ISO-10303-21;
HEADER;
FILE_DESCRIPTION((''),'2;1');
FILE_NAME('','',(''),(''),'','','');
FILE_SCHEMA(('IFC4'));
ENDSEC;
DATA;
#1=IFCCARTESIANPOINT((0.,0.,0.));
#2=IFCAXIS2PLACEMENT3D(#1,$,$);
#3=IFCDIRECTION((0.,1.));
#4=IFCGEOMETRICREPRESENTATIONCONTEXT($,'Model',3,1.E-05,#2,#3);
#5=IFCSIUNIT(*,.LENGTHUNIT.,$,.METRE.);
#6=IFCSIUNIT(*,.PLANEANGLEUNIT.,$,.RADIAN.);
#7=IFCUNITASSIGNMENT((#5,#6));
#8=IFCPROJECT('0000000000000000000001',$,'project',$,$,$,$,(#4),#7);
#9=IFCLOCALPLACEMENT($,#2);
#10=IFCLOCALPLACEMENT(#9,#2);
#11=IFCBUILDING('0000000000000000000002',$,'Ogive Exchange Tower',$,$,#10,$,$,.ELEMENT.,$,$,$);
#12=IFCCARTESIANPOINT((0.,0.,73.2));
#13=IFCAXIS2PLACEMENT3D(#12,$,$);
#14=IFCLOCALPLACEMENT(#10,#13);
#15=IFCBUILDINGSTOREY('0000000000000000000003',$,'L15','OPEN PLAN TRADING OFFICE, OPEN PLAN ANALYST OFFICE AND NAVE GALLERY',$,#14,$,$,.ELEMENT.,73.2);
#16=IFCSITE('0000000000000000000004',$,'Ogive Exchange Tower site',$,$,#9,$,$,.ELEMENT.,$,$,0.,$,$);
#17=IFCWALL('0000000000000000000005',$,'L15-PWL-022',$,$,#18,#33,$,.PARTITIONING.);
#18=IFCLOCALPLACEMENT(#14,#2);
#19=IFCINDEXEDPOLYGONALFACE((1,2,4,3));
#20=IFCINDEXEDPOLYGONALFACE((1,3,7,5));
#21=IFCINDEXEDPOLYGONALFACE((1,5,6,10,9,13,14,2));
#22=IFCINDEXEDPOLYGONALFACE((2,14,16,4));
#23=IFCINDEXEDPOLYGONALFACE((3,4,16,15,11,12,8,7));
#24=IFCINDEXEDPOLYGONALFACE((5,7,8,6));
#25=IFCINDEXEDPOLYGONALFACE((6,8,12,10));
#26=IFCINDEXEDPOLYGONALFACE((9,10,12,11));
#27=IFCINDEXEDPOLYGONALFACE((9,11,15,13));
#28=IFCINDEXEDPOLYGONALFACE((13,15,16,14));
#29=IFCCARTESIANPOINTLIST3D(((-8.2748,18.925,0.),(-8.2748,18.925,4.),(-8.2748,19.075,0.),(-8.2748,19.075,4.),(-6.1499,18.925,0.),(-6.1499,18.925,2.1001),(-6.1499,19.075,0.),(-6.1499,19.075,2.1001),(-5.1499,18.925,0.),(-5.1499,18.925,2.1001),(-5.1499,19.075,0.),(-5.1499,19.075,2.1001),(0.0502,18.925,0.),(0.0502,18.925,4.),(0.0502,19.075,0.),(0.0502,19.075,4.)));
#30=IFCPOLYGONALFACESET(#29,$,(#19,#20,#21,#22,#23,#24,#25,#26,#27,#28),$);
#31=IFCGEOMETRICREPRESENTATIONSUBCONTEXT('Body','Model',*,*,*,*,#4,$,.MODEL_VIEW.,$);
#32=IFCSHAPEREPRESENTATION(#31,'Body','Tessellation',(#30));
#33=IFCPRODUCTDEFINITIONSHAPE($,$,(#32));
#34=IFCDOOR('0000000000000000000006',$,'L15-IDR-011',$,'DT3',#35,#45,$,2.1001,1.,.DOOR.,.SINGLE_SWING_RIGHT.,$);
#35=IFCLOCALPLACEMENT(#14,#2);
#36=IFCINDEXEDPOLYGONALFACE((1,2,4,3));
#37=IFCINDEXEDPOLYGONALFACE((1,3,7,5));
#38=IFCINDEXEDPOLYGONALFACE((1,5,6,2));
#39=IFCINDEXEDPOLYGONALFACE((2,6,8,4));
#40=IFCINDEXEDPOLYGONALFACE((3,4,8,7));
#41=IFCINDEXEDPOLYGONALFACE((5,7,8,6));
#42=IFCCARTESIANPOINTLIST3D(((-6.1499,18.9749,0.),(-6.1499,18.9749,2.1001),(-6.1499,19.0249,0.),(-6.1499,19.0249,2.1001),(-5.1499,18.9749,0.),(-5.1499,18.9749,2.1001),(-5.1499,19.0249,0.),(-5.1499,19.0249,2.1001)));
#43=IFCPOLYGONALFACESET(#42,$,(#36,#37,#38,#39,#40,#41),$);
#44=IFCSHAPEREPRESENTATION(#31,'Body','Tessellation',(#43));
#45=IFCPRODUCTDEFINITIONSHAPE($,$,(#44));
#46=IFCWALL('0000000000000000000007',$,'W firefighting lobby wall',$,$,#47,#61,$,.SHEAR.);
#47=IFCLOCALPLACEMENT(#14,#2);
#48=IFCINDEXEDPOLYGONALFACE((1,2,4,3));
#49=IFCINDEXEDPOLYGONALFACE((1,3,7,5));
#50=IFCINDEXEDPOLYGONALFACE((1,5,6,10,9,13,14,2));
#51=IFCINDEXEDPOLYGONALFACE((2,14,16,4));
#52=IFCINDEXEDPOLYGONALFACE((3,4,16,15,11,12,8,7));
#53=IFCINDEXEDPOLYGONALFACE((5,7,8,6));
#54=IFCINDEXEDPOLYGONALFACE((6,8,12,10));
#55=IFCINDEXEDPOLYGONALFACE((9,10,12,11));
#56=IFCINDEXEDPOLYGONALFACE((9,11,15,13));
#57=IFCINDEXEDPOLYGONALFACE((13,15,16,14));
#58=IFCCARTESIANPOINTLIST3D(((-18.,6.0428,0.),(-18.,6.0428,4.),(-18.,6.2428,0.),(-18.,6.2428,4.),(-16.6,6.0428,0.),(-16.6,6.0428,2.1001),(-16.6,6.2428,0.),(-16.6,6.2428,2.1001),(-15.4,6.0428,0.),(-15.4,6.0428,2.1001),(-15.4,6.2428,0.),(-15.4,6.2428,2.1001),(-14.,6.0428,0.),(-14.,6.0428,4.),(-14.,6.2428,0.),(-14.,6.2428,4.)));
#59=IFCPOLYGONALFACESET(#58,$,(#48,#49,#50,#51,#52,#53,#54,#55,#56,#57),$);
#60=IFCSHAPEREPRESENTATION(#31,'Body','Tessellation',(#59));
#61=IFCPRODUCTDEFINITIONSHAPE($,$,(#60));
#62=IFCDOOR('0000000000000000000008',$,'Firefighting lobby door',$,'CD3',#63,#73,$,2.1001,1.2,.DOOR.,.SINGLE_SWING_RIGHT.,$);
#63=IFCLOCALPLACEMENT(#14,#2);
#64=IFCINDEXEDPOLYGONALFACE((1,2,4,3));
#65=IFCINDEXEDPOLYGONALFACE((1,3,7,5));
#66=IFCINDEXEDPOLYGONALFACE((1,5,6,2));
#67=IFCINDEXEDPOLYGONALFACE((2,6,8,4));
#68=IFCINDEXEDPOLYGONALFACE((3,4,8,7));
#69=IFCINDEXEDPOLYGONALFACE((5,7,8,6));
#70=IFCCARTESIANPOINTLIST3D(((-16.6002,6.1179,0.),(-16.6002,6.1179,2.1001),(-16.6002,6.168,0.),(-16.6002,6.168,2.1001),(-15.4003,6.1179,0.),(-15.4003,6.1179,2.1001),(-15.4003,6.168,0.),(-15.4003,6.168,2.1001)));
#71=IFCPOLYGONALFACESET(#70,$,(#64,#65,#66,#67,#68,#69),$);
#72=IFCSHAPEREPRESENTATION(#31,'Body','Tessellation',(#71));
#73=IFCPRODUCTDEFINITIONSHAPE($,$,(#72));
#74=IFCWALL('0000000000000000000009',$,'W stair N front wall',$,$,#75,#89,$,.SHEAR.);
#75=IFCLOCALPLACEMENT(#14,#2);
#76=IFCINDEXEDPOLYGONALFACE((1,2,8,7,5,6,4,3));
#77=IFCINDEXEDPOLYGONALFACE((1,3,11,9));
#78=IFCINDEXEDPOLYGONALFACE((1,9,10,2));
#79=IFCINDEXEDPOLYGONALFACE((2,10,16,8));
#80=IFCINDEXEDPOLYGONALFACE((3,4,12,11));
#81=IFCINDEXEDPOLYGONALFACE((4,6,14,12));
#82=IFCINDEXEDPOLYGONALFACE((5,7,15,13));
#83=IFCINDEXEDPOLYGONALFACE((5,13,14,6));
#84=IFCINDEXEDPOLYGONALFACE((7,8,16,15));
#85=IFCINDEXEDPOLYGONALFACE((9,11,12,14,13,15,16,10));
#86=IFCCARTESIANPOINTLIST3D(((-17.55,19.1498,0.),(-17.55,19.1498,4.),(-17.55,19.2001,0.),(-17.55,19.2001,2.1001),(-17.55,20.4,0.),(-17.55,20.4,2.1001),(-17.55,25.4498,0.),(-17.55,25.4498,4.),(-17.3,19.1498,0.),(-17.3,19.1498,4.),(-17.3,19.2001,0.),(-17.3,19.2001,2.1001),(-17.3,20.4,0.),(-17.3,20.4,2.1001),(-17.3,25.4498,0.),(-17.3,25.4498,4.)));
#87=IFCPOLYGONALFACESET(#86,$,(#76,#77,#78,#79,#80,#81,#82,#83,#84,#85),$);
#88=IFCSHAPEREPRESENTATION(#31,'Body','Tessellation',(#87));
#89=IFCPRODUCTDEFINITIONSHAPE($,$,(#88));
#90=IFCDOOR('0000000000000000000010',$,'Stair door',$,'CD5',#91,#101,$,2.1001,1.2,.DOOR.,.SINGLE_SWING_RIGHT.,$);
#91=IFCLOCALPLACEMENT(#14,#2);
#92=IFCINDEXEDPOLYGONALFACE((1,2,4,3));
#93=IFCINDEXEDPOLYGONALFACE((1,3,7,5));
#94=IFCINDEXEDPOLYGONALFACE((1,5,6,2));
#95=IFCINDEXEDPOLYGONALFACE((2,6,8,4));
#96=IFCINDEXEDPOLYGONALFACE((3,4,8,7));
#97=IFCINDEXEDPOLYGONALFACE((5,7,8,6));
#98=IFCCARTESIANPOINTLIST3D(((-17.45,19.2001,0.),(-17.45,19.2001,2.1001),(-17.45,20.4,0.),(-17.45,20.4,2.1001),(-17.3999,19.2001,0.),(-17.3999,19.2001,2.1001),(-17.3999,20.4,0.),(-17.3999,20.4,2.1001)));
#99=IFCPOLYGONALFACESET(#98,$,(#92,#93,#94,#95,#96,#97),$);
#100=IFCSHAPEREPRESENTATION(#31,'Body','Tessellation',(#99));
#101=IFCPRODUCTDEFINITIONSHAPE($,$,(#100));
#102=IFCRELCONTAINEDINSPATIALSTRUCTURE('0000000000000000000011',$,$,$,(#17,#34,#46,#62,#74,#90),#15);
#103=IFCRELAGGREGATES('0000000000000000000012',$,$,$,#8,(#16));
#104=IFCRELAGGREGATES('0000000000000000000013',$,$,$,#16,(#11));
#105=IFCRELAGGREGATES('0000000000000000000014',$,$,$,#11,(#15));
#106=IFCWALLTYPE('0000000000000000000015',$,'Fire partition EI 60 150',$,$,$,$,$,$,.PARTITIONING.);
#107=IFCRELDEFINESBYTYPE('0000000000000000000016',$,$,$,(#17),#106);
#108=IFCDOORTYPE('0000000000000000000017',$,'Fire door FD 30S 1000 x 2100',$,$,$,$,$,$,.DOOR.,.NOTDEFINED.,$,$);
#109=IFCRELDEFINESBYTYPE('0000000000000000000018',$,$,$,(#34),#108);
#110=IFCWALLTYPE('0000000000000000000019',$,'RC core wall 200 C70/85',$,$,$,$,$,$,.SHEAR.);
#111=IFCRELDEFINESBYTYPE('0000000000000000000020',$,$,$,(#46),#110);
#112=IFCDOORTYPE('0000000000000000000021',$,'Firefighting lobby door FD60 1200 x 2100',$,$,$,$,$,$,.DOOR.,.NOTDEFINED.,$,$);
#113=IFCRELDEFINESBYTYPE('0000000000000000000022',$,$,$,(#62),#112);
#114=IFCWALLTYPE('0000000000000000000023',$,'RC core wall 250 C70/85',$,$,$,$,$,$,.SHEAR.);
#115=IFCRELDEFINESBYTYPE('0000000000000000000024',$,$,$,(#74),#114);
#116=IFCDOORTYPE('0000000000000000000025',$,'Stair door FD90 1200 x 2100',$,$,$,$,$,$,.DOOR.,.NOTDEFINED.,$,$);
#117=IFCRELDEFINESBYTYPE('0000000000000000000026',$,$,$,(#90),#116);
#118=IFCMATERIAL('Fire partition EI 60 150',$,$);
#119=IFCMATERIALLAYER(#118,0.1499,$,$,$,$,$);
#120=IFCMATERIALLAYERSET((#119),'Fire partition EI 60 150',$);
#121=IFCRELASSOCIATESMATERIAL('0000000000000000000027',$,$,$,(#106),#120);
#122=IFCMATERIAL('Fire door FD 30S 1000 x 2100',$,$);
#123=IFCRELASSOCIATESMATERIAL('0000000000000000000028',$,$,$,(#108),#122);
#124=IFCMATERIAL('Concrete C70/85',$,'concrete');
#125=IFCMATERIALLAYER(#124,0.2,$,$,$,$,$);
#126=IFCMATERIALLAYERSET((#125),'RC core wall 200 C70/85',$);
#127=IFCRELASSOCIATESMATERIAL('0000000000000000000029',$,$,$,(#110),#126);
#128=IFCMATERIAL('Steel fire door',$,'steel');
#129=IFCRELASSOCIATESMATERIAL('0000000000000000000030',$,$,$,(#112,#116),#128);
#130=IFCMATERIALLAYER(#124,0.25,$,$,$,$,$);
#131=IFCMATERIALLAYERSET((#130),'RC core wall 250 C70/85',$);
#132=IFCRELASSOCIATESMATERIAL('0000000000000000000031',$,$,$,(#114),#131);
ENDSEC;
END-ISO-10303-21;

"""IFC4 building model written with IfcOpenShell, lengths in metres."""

from ifc_helpers import new_model, si_unit, direction, frame, frame_2d, origin, place, context, subcontext, project, spatial, rectangle, extrude, material, layer, layer_set, type_object, element, fill, save


model = new_model("IFC4")

# Units and contexts
model_context = context("Model", 3, precision=1e-05, world=origin(), true_north=direction((0.0, 1.0)))
body_context = subcontext(model_context, "Body", "Model", "MODEL_VIEW")
ifc_project = project(units=[si_unit("LENGTHUNIT", "METRE"), si_unit("PLANEANGLEUNIT", "RADIAN")], contexts=[model_context])

# Site, building, storey
site_placement = place(None, origin())
site = spatial("IfcSite", under=ifc_project, at=site_placement, Name="Ogive Exchange Tower site", CompositionType="ELEMENT", RefElevation=0.0)
building_placement = place(site_placement, origin())
building = spatial("IfcBuilding", under=site, at=building_placement, Name="Ogive Exchange Tower", CompositionType="ELEMENT")
storey_placement = place(building_placement, frame((0.0, 0.0, 73.2)))
storey = spatial("IfcBuildingStorey", under=building, at=storey_placement, Name="L15", Description="OPEN PLAN TRADING OFFICE, OPEN PLAN ANALYST OFFICE AND NAVE GALLERY", CompositionType="ELEMENT", Elevation=73.2)

# Shared definitions
ifc_material_1 = material(Name="Concrete C70/85", Category="concrete")

# Walls, openings, doors
ifc_material_2 = material(Name="Fire partition EI 60 150")
ifc_layer_1 = layer(ifc_material_2, 0.1499)
ifc_layer_set_1 = layer_set([ifc_layer_1], Name="Fire partition EI 60 150")
wall_type_1 = type_object("IfcWallType", Name="Fire partition EI 60 150", PredefinedType="PARTITIONING", material=ifc_layer_set_1)
wall_1_placement = place(storey_placement, frame((-8.2749, 19.0, 0.0), z_axis=(0.0, 0.0, 1.0), x_axis=(1.0, 0.0, 0.0)))
wall_1 = element("IfcWall", 1, at=wall_1_placement, inside=storey, type_object=wall_type_1, Name="L15-PWL-022", PredefinedType="PARTITIONING", context=body_context, shape_type="SweptSolid", body=[
    extrude(rectangle(XDim=8.325, YDim=0.1499, at=frame_2d((4.1626, 0.0))), origin(), (0.0, 0.0, 1.0), 4.0),
])
opening_1_placement = place(wall_1_placement, frame((2.125, 0.0, 0.0)))
opening_1 = element("IfcOpeningElement", 2, at=opening_1_placement, cuts=wall_1, PredefinedType="OPENING", context=body_context, shape_type="SweptSolid", body=[
    extrude(rectangle(XDim=1.0, YDim=2.1001, at=frame_2d((0.5, 1.05))), frame((0.0, 0.085, 0.0), z_axis=(0.0, -1.0, 0.0), x_axis=(1.0, 0.0, 0.0)), (0.0, 0.0, 1.0), 0.1699),
])
ifc_material_3 = material(Name="Fire door FD 30S 1000 x 2100")
door_type_1 = type_object("IfcDoorType", Name="Fire door FD 30S 1000 x 2100", OperationType="NOTDEFINED", PredefinedType="DOOR", material=ifc_material_3)
door_1_placement = place(opening_1_placement, origin())
door_1 = element("IfcDoor", 3, at=door_1_placement, inside=storey, type_object=door_type_1, Name="L15-IDR-011", ObjectType="DT3", OperationType="SINGLE_SWING_RIGHT", OverallHeight=2.1001, OverallWidth=1.0, PredefinedType="DOOR", context=body_context, shape_type="SweptSolid", body=[
    extrude(rectangle(XDim=1.0, YDim=2.1001, at=frame_2d((0.5, 1.05))), frame((0.0, 0.0249, 0.0), z_axis=(0.0, -1.0, 0.0), x_axis=(1.0, 0.0, 0.0)), (0.0, 0.0, 1.0), 0.05),
])
fill(opening_1, door_1)
ifc_layer_2 = layer(ifc_material_1, 0.2)
ifc_layer_set_2 = layer_set([ifc_layer_2], Name="RC core wall 200 C70/85")
wall_type_2 = type_object("IfcWallType", Name="RC core wall 200 C70/85", PredefinedType="SHEAR", material=ifc_layer_set_2)
wall_2_placement = place(storey_placement, frame((-18.0, 6.1428, 0.0), z_axis=(0.0, 0.0, 1.0), x_axis=(1.0, 0.0, 0.0)))
wall_2 = element("IfcWall", 4, at=wall_2_placement, inside=storey, type_object=wall_type_2, Name="W firefighting lobby wall", PredefinedType="SHEAR", context=body_context, shape_type="SweptSolid", body=[
    extrude(rectangle(XDim=4.0, YDim=0.2, at=frame_2d((2.0, 0.0))), origin(), (0.0, 0.0, 1.0), 4.0),
])
opening_2_placement = place(wall_2_placement, frame((1.3999, 0.0, 0.0)))
opening_2 = element("IfcOpeningElement", 5, at=opening_2_placement, cuts=wall_2, PredefinedType="OPENING", context=body_context, shape_type="SweptSolid", body=[
    extrude(rectangle(XDim=1.2, YDim=2.1001, at=frame_2d((0.6001, 1.05))), frame((0.0, 0.1099, 0.0), z_axis=(0.0, -1.0, 0.0), x_axis=(1.0, 0.0, 0.0)), (0.0, 0.0, 1.0), 0.22),
])
ifc_material_4 = material(Name="Steel fire door", Category="steel")
door_type_2 = type_object("IfcDoorType", Name="Firefighting lobby door FD60 1200 x 2100", OperationType="NOTDEFINED", PredefinedType="DOOR", material=ifc_material_4)
door_2_placement = place(opening_2_placement, frame((1.2, 0.0, 0.0), z_axis=(0.0, 0.0, 1.0), x_axis=(-1.0, 0.0, 0.0)))
door_2 = element("IfcDoor", 6, at=door_2_placement, inside=storey, type_object=door_type_2, Name="Firefighting lobby door", ObjectType="CD3", OperationType="SINGLE_SWING_RIGHT", OverallHeight=2.1001, OverallWidth=1.2, PredefinedType="DOOR", context=body_context, shape_type="SweptSolid", body=[
    extrude(rectangle(XDim=1.2, YDim=2.1001, at=frame_2d((0.6001, 1.05))), frame((0.0, 0.0249, 0.0), z_axis=(0.0, -1.0, 0.0), x_axis=(1.0, 0.0, 0.0)), (0.0, 0.0, 1.0), 0.05),
])
fill(opening_2, door_2)
ifc_layer_3 = layer(ifc_material_1, 0.25)
ifc_layer_set_3 = layer_set([ifc_layer_3], Name="RC core wall 250 C70/85")
wall_type_3 = type_object("IfcWallType", Name="RC core wall 250 C70/85", PredefinedType="SHEAR", material=ifc_layer_set_3)
wall_3_placement = place(storey_placement, frame((-17.425, 19.1499, 0.0), z_axis=(0.0, 0.0, 1.0), x_axis=(0.0, 1.0, 0.0)))
wall_3 = element("IfcWall", 7, at=wall_3_placement, inside=storey, type_object=wall_type_3, Name="W stair N front wall", PredefinedType="SHEAR", context=body_context, shape_type="SweptSolid", body=[
    extrude(rectangle(XDim=6.3, YDim=0.25, at=frame_2d((3.1499, 0.0))), origin(), (0.0, 0.0, 1.0), 4.0),
])
opening_3_placement = place(wall_3_placement, frame((0.05, 0.0, 0.0)))
opening_3 = element("IfcOpeningElement", 8, at=opening_3_placement, cuts=wall_3, PredefinedType="OPENING", context=body_context, shape_type="SweptSolid", body=[
    extrude(rectangle(XDim=1.2, YDim=2.1001, at=frame_2d((0.6001, 1.05))), frame((0.0, 0.135, 0.0), z_axis=(0.0, -1.0, 0.0), x_axis=(1.0, 0.0, 0.0)), (0.0, 0.0, 1.0), 0.27),
])
door_type_3 = type_object("IfcDoorType", Name="Stair door FD90 1200 x 2100", OperationType="NOTDEFINED", PredefinedType="DOOR", material=ifc_material_4)
door_3_placement = place(opening_3_placement, origin())
door_3 = element("IfcDoor", 9, at=door_3_placement, inside=storey, type_object=door_type_3, Name="Stair door", ObjectType="CD5", OperationType="SINGLE_SWING_RIGHT", OverallHeight=2.1001, OverallWidth=1.2, PredefinedType="DOOR", context=body_context, shape_type="SweptSolid", body=[
    extrude(rectangle(XDim=1.2, YDim=2.1001, at=frame_2d((0.6001, 1.05))), frame((0.0, 0.0249, 0.0), z_axis=(0.0, -1.0, 0.0), x_axis=(1.0, 0.0, 0.0)), (0.0, 0.0, 1.0), 0.05),
])
fill(opening_3, door_3)

save(model, "model.ifc")
